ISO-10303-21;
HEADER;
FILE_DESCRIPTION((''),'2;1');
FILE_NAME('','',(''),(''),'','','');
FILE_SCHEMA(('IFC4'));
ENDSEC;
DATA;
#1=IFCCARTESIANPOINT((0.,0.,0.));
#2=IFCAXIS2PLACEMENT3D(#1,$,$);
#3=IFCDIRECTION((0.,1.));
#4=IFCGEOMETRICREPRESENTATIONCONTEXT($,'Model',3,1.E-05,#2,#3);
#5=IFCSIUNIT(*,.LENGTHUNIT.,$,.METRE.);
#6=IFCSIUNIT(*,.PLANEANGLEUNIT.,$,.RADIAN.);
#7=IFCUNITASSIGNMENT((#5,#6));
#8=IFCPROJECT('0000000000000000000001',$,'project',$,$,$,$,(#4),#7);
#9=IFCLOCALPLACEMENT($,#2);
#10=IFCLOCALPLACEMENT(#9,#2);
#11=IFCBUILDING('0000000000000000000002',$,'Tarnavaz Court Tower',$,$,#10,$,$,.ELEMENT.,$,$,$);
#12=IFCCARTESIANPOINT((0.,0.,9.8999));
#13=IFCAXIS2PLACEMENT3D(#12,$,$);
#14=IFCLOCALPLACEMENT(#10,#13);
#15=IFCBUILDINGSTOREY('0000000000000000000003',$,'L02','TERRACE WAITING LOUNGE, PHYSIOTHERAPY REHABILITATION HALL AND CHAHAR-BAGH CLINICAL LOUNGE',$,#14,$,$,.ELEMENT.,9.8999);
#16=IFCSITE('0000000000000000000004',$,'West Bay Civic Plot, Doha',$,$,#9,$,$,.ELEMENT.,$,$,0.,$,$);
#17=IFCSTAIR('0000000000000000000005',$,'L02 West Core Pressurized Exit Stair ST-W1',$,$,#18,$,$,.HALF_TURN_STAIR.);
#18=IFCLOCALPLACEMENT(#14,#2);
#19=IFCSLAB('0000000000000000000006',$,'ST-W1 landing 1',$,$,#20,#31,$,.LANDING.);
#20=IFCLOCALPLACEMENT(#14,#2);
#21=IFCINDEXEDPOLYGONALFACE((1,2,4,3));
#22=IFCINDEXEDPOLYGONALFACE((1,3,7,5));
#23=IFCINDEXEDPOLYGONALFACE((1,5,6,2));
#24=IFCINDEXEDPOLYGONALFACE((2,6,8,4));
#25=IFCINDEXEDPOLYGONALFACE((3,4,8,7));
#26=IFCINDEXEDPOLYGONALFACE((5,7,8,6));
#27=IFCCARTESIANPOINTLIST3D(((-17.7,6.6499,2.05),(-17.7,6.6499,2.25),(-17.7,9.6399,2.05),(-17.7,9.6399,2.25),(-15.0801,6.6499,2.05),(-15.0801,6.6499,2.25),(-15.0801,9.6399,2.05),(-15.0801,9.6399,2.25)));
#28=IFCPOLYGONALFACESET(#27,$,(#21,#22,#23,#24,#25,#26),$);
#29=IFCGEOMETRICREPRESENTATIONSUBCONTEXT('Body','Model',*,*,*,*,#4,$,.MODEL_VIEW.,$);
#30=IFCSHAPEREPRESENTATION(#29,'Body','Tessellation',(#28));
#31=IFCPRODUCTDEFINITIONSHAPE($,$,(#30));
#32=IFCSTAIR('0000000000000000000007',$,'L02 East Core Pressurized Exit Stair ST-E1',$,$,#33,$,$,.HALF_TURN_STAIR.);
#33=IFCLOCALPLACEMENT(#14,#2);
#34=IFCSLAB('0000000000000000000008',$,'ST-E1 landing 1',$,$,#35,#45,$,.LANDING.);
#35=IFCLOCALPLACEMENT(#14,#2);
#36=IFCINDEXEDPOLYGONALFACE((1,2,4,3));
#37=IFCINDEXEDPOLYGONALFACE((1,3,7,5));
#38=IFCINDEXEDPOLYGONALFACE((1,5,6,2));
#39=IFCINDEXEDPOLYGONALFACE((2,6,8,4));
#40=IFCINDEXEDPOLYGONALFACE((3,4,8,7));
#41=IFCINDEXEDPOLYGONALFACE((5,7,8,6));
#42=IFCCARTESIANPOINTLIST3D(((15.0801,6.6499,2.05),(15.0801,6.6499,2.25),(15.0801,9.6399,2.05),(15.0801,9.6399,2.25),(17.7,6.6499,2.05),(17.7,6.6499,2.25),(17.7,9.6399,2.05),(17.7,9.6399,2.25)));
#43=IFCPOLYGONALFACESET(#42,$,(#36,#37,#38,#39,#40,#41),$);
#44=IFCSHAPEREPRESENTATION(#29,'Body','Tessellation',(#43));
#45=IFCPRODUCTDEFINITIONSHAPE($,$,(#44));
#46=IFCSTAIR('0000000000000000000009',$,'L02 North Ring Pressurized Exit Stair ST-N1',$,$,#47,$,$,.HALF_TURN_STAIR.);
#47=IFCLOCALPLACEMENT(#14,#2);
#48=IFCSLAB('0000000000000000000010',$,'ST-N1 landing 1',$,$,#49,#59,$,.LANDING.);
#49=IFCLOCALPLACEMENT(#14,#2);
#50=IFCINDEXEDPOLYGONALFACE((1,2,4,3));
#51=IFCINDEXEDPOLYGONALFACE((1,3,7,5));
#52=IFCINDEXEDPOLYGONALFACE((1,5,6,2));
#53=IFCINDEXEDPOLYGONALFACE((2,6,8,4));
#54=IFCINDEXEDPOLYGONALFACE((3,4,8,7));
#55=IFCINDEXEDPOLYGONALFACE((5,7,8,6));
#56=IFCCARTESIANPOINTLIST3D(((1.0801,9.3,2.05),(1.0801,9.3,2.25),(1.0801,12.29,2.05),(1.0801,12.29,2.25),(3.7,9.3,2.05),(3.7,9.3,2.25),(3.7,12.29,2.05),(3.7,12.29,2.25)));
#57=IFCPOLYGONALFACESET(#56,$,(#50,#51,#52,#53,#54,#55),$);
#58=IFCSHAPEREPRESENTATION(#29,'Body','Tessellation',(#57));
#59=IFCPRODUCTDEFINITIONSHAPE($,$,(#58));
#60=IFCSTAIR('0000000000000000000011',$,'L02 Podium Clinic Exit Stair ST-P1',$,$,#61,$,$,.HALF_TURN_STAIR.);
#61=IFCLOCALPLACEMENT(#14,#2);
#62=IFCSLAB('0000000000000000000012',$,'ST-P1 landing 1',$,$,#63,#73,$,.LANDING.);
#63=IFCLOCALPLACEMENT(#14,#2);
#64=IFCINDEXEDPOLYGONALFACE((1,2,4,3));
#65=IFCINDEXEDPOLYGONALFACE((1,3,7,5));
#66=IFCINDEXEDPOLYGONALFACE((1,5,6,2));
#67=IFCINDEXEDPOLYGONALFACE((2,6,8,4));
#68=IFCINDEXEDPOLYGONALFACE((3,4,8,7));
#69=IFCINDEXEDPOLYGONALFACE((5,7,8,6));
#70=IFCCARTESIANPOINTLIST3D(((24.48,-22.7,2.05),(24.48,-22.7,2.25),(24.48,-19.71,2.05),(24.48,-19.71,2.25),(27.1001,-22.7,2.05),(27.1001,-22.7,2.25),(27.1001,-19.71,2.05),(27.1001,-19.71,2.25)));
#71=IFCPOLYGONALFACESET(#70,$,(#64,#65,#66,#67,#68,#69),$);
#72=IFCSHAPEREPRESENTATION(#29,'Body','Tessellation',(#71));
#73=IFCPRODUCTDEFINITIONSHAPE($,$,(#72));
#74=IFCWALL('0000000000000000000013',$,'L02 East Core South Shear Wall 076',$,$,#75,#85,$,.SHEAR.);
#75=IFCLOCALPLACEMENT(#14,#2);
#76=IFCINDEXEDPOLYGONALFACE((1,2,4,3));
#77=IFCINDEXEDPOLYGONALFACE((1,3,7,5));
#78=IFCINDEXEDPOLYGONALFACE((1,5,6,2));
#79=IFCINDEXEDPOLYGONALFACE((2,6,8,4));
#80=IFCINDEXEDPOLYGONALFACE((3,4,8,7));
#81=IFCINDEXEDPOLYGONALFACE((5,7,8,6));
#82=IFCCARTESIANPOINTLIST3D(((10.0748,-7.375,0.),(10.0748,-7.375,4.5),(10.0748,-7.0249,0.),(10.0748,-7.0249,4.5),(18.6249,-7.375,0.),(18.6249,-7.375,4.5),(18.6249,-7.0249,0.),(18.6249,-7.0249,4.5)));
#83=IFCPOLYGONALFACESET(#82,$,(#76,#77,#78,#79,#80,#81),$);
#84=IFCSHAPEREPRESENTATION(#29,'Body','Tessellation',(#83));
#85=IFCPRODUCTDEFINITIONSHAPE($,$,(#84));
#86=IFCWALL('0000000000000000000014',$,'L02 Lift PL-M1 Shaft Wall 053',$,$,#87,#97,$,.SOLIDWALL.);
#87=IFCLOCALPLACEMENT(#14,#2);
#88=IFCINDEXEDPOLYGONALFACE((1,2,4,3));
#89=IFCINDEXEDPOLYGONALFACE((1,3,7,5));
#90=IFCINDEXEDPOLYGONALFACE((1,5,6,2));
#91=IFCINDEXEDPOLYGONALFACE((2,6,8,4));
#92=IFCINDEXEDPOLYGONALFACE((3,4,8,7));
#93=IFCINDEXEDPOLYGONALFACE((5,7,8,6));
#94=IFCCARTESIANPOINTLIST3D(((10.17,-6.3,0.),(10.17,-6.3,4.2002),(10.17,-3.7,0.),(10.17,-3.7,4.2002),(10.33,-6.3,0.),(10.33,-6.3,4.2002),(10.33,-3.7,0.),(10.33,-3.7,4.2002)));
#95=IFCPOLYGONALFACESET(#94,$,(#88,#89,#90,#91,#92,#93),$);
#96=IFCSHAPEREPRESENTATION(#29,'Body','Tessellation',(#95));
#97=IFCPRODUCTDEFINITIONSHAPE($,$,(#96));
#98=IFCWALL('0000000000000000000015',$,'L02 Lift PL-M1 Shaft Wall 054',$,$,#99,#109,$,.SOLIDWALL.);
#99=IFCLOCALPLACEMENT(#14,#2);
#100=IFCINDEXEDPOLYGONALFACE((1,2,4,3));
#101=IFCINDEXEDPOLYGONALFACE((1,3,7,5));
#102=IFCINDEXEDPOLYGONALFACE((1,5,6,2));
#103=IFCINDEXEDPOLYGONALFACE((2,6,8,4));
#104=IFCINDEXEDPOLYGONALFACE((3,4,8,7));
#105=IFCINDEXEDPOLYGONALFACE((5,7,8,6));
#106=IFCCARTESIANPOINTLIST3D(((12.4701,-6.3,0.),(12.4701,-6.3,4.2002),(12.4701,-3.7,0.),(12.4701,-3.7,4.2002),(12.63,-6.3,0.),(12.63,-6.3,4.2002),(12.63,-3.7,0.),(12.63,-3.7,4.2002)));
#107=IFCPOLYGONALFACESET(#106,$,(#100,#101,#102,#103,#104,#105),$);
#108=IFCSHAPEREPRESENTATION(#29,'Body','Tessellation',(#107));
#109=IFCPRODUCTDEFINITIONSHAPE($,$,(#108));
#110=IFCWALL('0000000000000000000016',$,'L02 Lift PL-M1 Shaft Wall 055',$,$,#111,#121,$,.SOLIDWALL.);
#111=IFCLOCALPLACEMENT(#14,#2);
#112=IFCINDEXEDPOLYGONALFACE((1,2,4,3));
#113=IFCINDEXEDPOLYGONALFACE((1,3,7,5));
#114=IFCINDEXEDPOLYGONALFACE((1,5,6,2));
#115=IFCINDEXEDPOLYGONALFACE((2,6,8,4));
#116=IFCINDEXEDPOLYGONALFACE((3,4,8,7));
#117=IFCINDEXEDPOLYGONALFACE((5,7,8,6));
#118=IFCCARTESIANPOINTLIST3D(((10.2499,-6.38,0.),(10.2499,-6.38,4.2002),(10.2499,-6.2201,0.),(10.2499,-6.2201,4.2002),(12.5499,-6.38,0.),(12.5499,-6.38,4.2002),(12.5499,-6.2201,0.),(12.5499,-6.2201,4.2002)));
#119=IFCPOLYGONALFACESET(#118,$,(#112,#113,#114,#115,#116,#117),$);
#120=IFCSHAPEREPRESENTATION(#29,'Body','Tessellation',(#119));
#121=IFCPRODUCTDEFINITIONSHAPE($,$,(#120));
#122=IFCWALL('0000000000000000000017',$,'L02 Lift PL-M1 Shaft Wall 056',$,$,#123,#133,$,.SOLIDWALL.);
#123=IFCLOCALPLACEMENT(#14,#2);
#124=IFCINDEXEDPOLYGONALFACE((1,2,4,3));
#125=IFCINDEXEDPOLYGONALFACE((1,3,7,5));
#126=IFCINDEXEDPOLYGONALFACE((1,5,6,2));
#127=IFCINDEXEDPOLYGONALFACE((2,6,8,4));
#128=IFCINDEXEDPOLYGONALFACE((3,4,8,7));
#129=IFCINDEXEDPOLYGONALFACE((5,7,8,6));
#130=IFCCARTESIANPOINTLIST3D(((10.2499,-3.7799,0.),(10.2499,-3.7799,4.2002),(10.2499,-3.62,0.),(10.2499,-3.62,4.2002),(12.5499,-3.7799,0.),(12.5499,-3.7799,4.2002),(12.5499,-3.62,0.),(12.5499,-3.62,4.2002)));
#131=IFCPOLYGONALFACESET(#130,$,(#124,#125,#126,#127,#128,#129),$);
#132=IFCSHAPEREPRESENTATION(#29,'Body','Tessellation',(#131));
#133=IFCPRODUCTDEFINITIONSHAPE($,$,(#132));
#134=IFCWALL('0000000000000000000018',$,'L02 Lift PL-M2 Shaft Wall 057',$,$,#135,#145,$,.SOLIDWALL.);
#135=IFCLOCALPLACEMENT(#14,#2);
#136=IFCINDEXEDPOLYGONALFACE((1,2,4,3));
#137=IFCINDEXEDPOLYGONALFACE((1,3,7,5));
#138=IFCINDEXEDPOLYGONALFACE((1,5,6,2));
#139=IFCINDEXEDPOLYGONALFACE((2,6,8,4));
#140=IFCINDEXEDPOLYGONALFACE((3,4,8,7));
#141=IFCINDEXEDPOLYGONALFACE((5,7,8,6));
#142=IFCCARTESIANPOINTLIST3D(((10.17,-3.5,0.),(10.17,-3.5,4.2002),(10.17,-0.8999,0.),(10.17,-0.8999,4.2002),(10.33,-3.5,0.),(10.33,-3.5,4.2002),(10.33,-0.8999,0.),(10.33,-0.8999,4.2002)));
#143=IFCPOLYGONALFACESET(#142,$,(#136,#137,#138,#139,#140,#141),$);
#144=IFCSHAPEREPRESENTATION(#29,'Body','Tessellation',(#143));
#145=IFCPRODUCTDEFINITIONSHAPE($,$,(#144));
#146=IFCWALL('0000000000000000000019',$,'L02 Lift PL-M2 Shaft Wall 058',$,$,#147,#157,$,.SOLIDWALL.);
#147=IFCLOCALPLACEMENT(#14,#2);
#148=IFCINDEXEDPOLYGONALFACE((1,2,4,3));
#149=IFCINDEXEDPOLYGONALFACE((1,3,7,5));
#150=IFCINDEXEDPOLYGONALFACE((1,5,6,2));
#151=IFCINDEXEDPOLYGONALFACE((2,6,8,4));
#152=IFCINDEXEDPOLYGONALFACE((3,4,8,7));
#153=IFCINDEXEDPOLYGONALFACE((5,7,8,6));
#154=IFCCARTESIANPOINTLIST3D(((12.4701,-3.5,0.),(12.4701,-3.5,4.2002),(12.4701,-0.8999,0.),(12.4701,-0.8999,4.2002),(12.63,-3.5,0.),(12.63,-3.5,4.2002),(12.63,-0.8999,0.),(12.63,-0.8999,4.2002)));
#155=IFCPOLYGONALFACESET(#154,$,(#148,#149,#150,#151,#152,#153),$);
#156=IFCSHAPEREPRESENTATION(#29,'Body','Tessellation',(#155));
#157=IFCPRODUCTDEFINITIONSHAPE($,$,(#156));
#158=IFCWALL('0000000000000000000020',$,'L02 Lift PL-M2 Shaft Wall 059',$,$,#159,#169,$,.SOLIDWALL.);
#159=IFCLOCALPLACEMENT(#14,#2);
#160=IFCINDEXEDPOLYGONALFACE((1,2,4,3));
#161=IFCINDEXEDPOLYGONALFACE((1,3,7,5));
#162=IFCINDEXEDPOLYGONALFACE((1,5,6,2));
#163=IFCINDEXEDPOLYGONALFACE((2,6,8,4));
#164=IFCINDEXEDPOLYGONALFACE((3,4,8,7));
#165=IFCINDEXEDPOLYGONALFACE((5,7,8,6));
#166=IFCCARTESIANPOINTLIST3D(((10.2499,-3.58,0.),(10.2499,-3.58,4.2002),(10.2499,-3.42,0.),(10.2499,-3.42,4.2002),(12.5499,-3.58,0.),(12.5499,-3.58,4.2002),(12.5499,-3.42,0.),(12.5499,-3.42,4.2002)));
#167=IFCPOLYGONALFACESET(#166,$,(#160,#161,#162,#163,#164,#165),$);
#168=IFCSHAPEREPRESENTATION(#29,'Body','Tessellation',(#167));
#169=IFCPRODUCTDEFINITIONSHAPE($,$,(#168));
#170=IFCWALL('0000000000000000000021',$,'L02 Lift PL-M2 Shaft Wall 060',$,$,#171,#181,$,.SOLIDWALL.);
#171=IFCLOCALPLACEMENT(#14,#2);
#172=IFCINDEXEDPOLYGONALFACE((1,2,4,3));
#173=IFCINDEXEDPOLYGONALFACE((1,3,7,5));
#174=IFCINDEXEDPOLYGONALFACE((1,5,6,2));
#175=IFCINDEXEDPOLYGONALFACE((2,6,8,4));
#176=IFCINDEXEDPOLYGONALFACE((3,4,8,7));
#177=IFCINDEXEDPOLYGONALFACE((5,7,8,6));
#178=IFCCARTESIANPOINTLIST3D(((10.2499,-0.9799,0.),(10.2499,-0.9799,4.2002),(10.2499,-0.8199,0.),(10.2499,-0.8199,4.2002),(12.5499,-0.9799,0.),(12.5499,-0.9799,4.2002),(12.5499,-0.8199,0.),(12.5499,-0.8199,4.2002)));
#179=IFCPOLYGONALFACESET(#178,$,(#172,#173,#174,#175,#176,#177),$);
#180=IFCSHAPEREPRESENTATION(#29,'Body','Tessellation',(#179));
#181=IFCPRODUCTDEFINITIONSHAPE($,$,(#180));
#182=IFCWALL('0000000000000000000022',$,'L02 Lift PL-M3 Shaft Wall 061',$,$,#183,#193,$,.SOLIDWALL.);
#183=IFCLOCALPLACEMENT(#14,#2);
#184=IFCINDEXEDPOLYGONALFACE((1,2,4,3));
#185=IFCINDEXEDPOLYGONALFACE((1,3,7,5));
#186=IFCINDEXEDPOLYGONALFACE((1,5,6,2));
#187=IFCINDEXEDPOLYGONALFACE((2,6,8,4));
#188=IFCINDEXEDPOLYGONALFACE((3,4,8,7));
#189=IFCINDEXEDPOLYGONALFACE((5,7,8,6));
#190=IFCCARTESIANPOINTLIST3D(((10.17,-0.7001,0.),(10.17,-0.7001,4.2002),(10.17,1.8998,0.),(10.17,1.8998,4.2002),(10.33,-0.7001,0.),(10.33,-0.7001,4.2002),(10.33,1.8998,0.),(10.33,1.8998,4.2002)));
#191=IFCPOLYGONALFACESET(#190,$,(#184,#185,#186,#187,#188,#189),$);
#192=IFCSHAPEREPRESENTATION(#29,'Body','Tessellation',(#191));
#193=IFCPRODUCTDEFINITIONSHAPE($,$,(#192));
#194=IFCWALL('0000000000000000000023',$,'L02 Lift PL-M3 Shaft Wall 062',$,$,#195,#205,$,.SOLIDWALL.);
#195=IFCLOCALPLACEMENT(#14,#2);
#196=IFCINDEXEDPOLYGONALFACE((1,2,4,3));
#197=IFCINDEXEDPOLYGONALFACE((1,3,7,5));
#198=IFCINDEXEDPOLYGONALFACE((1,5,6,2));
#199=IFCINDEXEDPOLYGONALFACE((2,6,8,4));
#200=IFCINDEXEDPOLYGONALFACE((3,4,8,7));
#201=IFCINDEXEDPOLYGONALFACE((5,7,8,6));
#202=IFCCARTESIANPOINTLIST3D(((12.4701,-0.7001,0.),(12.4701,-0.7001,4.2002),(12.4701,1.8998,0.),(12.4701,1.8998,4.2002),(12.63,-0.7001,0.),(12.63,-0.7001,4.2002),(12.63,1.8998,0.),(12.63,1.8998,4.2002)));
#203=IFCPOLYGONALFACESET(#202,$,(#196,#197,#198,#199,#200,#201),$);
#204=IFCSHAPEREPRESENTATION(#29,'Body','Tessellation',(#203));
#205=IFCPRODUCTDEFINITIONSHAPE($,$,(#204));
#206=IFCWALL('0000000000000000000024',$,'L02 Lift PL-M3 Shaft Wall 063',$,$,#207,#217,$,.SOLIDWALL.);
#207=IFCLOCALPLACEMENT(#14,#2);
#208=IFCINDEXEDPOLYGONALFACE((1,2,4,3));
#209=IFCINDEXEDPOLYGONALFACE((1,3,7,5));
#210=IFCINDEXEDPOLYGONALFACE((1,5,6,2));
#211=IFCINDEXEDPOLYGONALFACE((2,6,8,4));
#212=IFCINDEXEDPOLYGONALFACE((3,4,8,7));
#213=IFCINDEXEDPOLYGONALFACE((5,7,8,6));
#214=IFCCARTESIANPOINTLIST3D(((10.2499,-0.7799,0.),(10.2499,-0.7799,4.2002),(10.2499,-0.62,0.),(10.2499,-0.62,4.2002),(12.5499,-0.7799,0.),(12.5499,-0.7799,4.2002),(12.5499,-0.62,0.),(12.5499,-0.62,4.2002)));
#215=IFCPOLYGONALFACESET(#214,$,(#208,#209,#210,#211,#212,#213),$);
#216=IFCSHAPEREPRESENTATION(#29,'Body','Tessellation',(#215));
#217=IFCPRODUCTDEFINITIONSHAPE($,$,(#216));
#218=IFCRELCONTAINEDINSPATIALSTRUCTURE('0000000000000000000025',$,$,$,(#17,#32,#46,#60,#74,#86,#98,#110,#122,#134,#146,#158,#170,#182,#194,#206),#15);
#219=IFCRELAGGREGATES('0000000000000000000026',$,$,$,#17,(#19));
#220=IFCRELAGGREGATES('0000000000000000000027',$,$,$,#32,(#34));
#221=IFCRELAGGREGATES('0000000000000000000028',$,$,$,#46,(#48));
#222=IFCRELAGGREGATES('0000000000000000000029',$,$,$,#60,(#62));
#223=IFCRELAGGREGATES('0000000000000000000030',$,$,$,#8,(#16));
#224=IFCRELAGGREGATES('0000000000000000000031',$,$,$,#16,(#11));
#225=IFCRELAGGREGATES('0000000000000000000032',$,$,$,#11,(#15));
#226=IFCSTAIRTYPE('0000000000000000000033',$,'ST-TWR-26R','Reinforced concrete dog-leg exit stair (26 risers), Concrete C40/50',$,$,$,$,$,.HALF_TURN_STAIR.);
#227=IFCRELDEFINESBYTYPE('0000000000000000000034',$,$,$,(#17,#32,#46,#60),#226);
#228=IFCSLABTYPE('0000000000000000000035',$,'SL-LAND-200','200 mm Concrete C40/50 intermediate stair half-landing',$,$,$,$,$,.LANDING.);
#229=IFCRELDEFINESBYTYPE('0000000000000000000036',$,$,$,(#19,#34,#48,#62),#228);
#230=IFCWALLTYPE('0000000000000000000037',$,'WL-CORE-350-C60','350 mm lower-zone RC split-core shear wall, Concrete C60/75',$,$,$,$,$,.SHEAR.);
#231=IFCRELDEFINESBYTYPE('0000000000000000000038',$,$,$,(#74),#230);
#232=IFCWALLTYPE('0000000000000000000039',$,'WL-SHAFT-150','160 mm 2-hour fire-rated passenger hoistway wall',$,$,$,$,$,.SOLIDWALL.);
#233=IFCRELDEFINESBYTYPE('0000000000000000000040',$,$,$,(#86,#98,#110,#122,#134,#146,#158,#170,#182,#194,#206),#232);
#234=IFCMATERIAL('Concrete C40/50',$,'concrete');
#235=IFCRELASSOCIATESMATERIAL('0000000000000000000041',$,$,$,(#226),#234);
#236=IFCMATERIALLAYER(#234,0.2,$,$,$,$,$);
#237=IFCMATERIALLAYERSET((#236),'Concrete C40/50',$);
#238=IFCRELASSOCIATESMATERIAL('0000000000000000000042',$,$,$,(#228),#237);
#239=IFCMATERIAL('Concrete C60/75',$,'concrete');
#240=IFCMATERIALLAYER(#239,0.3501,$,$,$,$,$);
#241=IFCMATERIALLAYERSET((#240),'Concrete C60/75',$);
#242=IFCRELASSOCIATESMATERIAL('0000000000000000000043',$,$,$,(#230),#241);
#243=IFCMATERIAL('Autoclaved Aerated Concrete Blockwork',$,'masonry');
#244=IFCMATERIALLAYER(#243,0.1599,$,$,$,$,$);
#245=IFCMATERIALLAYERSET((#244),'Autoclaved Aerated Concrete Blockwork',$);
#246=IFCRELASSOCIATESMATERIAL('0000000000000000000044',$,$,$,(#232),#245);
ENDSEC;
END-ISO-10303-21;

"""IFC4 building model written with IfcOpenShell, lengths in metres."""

from ifc_helpers import new_model, si_unit, direction, frame, frame_2d, origin, place, context, subcontext, project, spatial, polyline, rectangle, outline, extrude, material, layer, layer_set, type_object, element, aggregate, save


model = new_model("IFC4")

# Units and contexts
model_context = context("Model", 3, precision=1e-05, world=origin(), true_north=direction((0.0, 1.0)))
body_context = subcontext(model_context, "Body", "Model", "MODEL_VIEW")
ifc_project = project(units=[si_unit("LENGTHUNIT", "METRE"), si_unit("PLANEANGLEUNIT", "RADIAN")], contexts=[model_context])

# Site, building, storey
site_placement = place(None, origin())
site = spatial("IfcSite", under=ifc_project, at=site_placement, Name="West Bay Civic Plot, Doha", CompositionType="ELEMENT", RefElevation=0.0)
building_placement = place(site_placement, origin())
building = spatial("IfcBuilding", under=site, at=building_placement, Name="Tarnavaz Court Tower", CompositionType="ELEMENT")
storey_placement = place(building_placement, frame((0.0, 0.0, 9.8999)))
storey = spatial("IfcBuildingStorey", under=building, at=storey_placement, Name="L02", Description="TERRACE WAITING LOUNGE, PHYSIOTHERAPY REHABILITATION HALL AND CHAHAR-BAGH CLINICAL LOUNGE", CompositionType="ELEMENT", Elevation=9.8999)

# Stairs, slabs
ifc_material_1 = material(Name="Concrete C40/50", Category="concrete")
stair_type = type_object("IfcStairType", Name="ST-TWR-26R", Description="Reinforced concrete dog-leg exit stair (26 risers), Concrete C40/50", PredefinedType="HALF_TURN_STAIR", material=ifc_material_1)
stair_1_placement = place(storey_placement, origin())
stair_1 = element("IfcStair", 1, at=stair_1_placement, inside=storey, type_object=stair_type, Name="L02 West Core Pressurized Exit Stair ST-W1", PredefinedType="HALF_TURN_STAIR")
ifc_layer_1 = layer(ifc_material_1, 0.2)
ifc_layer_set_1 = layer_set([ifc_layer_1], Name="Concrete C40/50")
slab_type = type_object("IfcSlabType", Name="SL-LAND-200", Description="200 mm Concrete C40/50 intermediate stair half-landing", PredefinedType="LANDING", material=ifc_layer_set_1)
slab_1_placement = place(storey_placement, frame((0.0, 0.0, 2.05)))
slab_1 = element("IfcSlab", 2, at=slab_1_placement, type_object=slab_type, Name="ST-W1 landing 1", PredefinedType="LANDING", context=body_context, shape_type="SweptSolid", body=[
    extrude(outline(polyline([(-15.0801, 9.6399), (-17.7, 9.6399), (-17.7, 6.6499), (-15.0801, 6.6499), (-15.0801, 9.6399)])), origin(), (0.0, 0.0, 1.0), 0.2),
])
aggregate(stair_1, [slab_1])
stair_2_placement = place(storey_placement, origin())
stair_2 = element("IfcStair", 3, at=stair_2_placement, inside=storey, type_object=stair_type, Name="L02 East Core Pressurized Exit Stair ST-E1", PredefinedType="HALF_TURN_STAIR")
slab_2_placement = place(storey_placement, frame((0.0, 0.0, 2.05)))
slab_2 = element("IfcSlab", 4, at=slab_2_placement, type_object=slab_type, Name="ST-E1 landing 1", PredefinedType="LANDING", context=body_context, shape_type="SweptSolid", body=[
    extrude(outline(polyline([(15.0801, 6.6499), (17.7, 6.6499), (17.7, 9.6399), (15.0801, 9.6399), (15.0801, 6.6499)])), origin(), (0.0, 0.0, 1.0), 0.2),
])
aggregate(stair_2, [slab_2])
stair_3_placement = place(storey_placement, origin())
stair_3 = element("IfcStair", 5, at=stair_3_placement, inside=storey, type_object=stair_type, Name="L02 North Ring Pressurized Exit Stair ST-N1", PredefinedType="HALF_TURN_STAIR")
slab_3_placement = place(storey_placement, frame((0.0, 0.0, 2.05)))
slab_3 = element("IfcSlab", 6, at=slab_3_placement, type_object=slab_type, Name="ST-N1 landing 1", PredefinedType="LANDING", context=body_context, shape_type="SweptSolid", body=[
    extrude(outline(polyline([(1.0801, 9.3), (3.7, 9.3), (3.7, 12.29), (1.0801, 12.29), (1.0801, 9.3)])), origin(), (0.0, 0.0, 1.0), 0.2),
])
aggregate(stair_3, [slab_3])
stair_4_placement = place(storey_placement, origin())
stair_4 = element("IfcStair", 7, at=stair_4_placement, inside=storey, type_object=stair_type, Name="L02 Podium Clinic Exit Stair ST-P1", PredefinedType="HALF_TURN_STAIR")
slab_4_placement = place(storey_placement, frame((0.0, 0.0, 2.05)))
slab_4 = element("IfcSlab", 8, at=slab_4_placement, type_object=slab_type, Name="ST-P1 landing 1", PredefinedType="LANDING", context=body_context, shape_type="SweptSolid", body=[
    extrude(outline(polyline([(24.48, -22.7), (27.1001, -22.7), (27.1001, -19.71), (24.48, -19.71), (24.48, -22.7)])), origin(), (0.0, 0.0, 1.0), 0.2),
])
aggregate(stair_4, [slab_4])

# Walls
ifc_material_2 = material(Name="Concrete C60/75", Category="concrete")
ifc_layer_2 = layer(ifc_material_2, 0.3501)
ifc_layer_set_2 = layer_set([ifc_layer_2], Name="Concrete C60/75")
wall_type_1 = type_object("IfcWallType", Name="WL-CORE-350-C60", Description="350 mm lower-zone RC split-core shear wall, Concrete C60/75", PredefinedType="SHEAR", material=ifc_layer_set_2)
wall_1_placement = place(storey_placement, frame((10.075, -7.2, 0.0), z_axis=(0.0, 0.0, 1.0), x_axis=(1.0, 0.0, 0.0)))
element("IfcWall", 9, at=wall_1_placement, inside=storey, type_object=wall_type_1, Name="L02 East Core South Shear Wall 076", PredefinedType="SHEAR", context=body_context, shape_type="SweptSolid", body=[
    extrude(rectangle(XDim=8.55, YDim=0.3501, at=frame_2d((4.2749, 0.0))), origin(), (0.0, 0.0, 1.0), 4.5),
])
ifc_material_3 = material(Name="Autoclaved Aerated Concrete Blockwork", Category="masonry")
ifc_layer_3 = layer(ifc_material_3, 0.1599)
ifc_layer_set_3 = layer_set([ifc_layer_3], Name="Autoclaved Aerated Concrete Blockwork")
wall_type_2 = type_object("IfcWallType", Name="WL-SHAFT-150", Description="160 mm 2-hour fire-rated passenger hoistway wall", PredefinedType="SOLIDWALL", material=ifc_layer_set_3)
for number, where, z_axis, x_axis, name in (
    (10, (10.25, -6.3, 0.0), (0.0, 0.0, 1.0), (0.0, 1.0, 0.0), "L02 Lift PL-M1 Shaft Wall 053"),
    (11, (12.55, -6.3, 0.0), (0.0, 0.0, 1.0), (0.0, 1.0, 0.0), "L02 Lift PL-M1 Shaft Wall 054"),
):
    element("IfcWall", number, at=place(storey_placement, frame(where, z_axis=z_axis, x_axis=x_axis)), inside=storey, type_object=wall_type_2, Name=name, PredefinedType="SOLIDWALL", context=body_context, shape_type="SweptSolid", body=[
        extrude(rectangle(XDim=2.6001, YDim=0.1599, at=frame_2d((1.3, 0.0))), origin(), (0.0, 0.0, 1.0), 4.2002),
    ])
for number, where, z_axis, x_axis, name in (
    (12, (10.25, -6.3, 0.0), (0.0, 0.0, 1.0), (1.0, 0.0, 0.0), "L02 Lift PL-M1 Shaft Wall 055"),
    (13, (10.25, -3.7, 0.0), (0.0, 0.0, 1.0), (1.0, 0.0, 0.0), "L02 Lift PL-M1 Shaft Wall 056"),
):
    element("IfcWall", number, at=place(storey_placement, frame(where, z_axis=z_axis, x_axis=x_axis)), inside=storey, type_object=wall_type_2, Name=name, PredefinedType="SOLIDWALL", context=body_context, shape_type="SweptSolid", body=[
        extrude(rectangle(XDim=2.3, YDim=0.1599, at=frame_2d((1.1499, 0.0))), origin(), (0.0, 0.0, 1.0), 4.2002),
    ])
for number, where, z_axis, x_axis, name in (
    (14, (10.25, -3.5, 0.0), (0.0, 0.0, 1.0), (0.0, 1.0, 0.0), "L02 Lift PL-M2 Shaft Wall 057"),
    (15, (12.55, -3.5, 0.0), (0.0, 0.0, 1.0), (0.0, 1.0, 0.0), "L02 Lift PL-M2 Shaft Wall 058"),
):
    element("IfcWall", number, at=place(storey_placement, frame(where, z_axis=z_axis, x_axis=x_axis)), inside=storey, type_object=wall_type_2, Name=name, PredefinedType="SOLIDWALL", context=body_context, shape_type="SweptSolid", body=[
        extrude(rectangle(XDim=2.6001, YDim=0.1599, at=frame_2d((1.3, 0.0))), origin(), (0.0, 0.0, 1.0), 4.2002),
    ])
for number, where, z_axis, x_axis, name in (
    (16, (10.25, -3.5, 0.0), (0.0, 0.0, 1.0), (1.0, 0.0, 0.0), "L02 Lift PL-M2 Shaft Wall 059"),
    (17, (10.25, -0.8999, 0.0), (0.0, 0.0, 1.0), (1.0, 0.0, 0.0), "L02 Lift PL-M2 Shaft Wall 060"),
):
    element("IfcWall", number, at=place(storey_placement, frame(where, z_axis=z_axis, x_axis=x_axis)), inside=storey, type_object=wall_type_2, Name=name, PredefinedType="SOLIDWALL", context=body_context, shape_type="SweptSolid", body=[
        extrude(rectangle(XDim=2.3, YDim=0.1599, at=frame_2d((1.1499, 0.0))), origin(), (0.0, 0.0, 1.0), 4.2002),
    ])
for number, where, z_axis, x_axis, name in (
    (18, (10.25, -0.7, 0.0), (0.0, 0.0, 1.0), (0.0, 1.0, 0.0), "L02 Lift PL-M3 Shaft Wall 061"),
    (19, (12.55, -0.7, 0.0), (0.0, 0.0, 1.0), (0.0, 1.0, 0.0), "L02 Lift PL-M3 Shaft Wall 062"),
):
    element("IfcWall", number, at=place(storey_placement, frame(where, z_axis=z_axis, x_axis=x_axis)), inside=storey, type_object=wall_type_2, Name=name, PredefinedType="SOLIDWALL", context=body_context, shape_type="SweptSolid", body=[
        extrude(rectangle(XDim=2.5999, YDim=0.1599, at=frame_2d((1.2998, 0.0))), origin(), (0.0, 0.0, 1.0), 4.2002),
    ])
wall_2_placement = place(storey_placement, frame((10.25, -0.7, 0.0), z_axis=(0.0, 0.0, 1.0), x_axis=(1.0, 0.0, 0.0)))
element("IfcWall", 20, at=wall_2_placement, inside=storey, type_object=wall_type_2, Name="L02 Lift PL-M3 Shaft Wall 063", PredefinedType="SOLIDWALL", context=body_context, shape_type="SweptSolid", body=[
    extrude(rectangle(XDim=2.3, YDim=0.1599, at=frame_2d((1.1499, 0.0))), origin(), (0.0, 0.0, 1.0), 4.2002),
])

save(model, "model.ifc")
